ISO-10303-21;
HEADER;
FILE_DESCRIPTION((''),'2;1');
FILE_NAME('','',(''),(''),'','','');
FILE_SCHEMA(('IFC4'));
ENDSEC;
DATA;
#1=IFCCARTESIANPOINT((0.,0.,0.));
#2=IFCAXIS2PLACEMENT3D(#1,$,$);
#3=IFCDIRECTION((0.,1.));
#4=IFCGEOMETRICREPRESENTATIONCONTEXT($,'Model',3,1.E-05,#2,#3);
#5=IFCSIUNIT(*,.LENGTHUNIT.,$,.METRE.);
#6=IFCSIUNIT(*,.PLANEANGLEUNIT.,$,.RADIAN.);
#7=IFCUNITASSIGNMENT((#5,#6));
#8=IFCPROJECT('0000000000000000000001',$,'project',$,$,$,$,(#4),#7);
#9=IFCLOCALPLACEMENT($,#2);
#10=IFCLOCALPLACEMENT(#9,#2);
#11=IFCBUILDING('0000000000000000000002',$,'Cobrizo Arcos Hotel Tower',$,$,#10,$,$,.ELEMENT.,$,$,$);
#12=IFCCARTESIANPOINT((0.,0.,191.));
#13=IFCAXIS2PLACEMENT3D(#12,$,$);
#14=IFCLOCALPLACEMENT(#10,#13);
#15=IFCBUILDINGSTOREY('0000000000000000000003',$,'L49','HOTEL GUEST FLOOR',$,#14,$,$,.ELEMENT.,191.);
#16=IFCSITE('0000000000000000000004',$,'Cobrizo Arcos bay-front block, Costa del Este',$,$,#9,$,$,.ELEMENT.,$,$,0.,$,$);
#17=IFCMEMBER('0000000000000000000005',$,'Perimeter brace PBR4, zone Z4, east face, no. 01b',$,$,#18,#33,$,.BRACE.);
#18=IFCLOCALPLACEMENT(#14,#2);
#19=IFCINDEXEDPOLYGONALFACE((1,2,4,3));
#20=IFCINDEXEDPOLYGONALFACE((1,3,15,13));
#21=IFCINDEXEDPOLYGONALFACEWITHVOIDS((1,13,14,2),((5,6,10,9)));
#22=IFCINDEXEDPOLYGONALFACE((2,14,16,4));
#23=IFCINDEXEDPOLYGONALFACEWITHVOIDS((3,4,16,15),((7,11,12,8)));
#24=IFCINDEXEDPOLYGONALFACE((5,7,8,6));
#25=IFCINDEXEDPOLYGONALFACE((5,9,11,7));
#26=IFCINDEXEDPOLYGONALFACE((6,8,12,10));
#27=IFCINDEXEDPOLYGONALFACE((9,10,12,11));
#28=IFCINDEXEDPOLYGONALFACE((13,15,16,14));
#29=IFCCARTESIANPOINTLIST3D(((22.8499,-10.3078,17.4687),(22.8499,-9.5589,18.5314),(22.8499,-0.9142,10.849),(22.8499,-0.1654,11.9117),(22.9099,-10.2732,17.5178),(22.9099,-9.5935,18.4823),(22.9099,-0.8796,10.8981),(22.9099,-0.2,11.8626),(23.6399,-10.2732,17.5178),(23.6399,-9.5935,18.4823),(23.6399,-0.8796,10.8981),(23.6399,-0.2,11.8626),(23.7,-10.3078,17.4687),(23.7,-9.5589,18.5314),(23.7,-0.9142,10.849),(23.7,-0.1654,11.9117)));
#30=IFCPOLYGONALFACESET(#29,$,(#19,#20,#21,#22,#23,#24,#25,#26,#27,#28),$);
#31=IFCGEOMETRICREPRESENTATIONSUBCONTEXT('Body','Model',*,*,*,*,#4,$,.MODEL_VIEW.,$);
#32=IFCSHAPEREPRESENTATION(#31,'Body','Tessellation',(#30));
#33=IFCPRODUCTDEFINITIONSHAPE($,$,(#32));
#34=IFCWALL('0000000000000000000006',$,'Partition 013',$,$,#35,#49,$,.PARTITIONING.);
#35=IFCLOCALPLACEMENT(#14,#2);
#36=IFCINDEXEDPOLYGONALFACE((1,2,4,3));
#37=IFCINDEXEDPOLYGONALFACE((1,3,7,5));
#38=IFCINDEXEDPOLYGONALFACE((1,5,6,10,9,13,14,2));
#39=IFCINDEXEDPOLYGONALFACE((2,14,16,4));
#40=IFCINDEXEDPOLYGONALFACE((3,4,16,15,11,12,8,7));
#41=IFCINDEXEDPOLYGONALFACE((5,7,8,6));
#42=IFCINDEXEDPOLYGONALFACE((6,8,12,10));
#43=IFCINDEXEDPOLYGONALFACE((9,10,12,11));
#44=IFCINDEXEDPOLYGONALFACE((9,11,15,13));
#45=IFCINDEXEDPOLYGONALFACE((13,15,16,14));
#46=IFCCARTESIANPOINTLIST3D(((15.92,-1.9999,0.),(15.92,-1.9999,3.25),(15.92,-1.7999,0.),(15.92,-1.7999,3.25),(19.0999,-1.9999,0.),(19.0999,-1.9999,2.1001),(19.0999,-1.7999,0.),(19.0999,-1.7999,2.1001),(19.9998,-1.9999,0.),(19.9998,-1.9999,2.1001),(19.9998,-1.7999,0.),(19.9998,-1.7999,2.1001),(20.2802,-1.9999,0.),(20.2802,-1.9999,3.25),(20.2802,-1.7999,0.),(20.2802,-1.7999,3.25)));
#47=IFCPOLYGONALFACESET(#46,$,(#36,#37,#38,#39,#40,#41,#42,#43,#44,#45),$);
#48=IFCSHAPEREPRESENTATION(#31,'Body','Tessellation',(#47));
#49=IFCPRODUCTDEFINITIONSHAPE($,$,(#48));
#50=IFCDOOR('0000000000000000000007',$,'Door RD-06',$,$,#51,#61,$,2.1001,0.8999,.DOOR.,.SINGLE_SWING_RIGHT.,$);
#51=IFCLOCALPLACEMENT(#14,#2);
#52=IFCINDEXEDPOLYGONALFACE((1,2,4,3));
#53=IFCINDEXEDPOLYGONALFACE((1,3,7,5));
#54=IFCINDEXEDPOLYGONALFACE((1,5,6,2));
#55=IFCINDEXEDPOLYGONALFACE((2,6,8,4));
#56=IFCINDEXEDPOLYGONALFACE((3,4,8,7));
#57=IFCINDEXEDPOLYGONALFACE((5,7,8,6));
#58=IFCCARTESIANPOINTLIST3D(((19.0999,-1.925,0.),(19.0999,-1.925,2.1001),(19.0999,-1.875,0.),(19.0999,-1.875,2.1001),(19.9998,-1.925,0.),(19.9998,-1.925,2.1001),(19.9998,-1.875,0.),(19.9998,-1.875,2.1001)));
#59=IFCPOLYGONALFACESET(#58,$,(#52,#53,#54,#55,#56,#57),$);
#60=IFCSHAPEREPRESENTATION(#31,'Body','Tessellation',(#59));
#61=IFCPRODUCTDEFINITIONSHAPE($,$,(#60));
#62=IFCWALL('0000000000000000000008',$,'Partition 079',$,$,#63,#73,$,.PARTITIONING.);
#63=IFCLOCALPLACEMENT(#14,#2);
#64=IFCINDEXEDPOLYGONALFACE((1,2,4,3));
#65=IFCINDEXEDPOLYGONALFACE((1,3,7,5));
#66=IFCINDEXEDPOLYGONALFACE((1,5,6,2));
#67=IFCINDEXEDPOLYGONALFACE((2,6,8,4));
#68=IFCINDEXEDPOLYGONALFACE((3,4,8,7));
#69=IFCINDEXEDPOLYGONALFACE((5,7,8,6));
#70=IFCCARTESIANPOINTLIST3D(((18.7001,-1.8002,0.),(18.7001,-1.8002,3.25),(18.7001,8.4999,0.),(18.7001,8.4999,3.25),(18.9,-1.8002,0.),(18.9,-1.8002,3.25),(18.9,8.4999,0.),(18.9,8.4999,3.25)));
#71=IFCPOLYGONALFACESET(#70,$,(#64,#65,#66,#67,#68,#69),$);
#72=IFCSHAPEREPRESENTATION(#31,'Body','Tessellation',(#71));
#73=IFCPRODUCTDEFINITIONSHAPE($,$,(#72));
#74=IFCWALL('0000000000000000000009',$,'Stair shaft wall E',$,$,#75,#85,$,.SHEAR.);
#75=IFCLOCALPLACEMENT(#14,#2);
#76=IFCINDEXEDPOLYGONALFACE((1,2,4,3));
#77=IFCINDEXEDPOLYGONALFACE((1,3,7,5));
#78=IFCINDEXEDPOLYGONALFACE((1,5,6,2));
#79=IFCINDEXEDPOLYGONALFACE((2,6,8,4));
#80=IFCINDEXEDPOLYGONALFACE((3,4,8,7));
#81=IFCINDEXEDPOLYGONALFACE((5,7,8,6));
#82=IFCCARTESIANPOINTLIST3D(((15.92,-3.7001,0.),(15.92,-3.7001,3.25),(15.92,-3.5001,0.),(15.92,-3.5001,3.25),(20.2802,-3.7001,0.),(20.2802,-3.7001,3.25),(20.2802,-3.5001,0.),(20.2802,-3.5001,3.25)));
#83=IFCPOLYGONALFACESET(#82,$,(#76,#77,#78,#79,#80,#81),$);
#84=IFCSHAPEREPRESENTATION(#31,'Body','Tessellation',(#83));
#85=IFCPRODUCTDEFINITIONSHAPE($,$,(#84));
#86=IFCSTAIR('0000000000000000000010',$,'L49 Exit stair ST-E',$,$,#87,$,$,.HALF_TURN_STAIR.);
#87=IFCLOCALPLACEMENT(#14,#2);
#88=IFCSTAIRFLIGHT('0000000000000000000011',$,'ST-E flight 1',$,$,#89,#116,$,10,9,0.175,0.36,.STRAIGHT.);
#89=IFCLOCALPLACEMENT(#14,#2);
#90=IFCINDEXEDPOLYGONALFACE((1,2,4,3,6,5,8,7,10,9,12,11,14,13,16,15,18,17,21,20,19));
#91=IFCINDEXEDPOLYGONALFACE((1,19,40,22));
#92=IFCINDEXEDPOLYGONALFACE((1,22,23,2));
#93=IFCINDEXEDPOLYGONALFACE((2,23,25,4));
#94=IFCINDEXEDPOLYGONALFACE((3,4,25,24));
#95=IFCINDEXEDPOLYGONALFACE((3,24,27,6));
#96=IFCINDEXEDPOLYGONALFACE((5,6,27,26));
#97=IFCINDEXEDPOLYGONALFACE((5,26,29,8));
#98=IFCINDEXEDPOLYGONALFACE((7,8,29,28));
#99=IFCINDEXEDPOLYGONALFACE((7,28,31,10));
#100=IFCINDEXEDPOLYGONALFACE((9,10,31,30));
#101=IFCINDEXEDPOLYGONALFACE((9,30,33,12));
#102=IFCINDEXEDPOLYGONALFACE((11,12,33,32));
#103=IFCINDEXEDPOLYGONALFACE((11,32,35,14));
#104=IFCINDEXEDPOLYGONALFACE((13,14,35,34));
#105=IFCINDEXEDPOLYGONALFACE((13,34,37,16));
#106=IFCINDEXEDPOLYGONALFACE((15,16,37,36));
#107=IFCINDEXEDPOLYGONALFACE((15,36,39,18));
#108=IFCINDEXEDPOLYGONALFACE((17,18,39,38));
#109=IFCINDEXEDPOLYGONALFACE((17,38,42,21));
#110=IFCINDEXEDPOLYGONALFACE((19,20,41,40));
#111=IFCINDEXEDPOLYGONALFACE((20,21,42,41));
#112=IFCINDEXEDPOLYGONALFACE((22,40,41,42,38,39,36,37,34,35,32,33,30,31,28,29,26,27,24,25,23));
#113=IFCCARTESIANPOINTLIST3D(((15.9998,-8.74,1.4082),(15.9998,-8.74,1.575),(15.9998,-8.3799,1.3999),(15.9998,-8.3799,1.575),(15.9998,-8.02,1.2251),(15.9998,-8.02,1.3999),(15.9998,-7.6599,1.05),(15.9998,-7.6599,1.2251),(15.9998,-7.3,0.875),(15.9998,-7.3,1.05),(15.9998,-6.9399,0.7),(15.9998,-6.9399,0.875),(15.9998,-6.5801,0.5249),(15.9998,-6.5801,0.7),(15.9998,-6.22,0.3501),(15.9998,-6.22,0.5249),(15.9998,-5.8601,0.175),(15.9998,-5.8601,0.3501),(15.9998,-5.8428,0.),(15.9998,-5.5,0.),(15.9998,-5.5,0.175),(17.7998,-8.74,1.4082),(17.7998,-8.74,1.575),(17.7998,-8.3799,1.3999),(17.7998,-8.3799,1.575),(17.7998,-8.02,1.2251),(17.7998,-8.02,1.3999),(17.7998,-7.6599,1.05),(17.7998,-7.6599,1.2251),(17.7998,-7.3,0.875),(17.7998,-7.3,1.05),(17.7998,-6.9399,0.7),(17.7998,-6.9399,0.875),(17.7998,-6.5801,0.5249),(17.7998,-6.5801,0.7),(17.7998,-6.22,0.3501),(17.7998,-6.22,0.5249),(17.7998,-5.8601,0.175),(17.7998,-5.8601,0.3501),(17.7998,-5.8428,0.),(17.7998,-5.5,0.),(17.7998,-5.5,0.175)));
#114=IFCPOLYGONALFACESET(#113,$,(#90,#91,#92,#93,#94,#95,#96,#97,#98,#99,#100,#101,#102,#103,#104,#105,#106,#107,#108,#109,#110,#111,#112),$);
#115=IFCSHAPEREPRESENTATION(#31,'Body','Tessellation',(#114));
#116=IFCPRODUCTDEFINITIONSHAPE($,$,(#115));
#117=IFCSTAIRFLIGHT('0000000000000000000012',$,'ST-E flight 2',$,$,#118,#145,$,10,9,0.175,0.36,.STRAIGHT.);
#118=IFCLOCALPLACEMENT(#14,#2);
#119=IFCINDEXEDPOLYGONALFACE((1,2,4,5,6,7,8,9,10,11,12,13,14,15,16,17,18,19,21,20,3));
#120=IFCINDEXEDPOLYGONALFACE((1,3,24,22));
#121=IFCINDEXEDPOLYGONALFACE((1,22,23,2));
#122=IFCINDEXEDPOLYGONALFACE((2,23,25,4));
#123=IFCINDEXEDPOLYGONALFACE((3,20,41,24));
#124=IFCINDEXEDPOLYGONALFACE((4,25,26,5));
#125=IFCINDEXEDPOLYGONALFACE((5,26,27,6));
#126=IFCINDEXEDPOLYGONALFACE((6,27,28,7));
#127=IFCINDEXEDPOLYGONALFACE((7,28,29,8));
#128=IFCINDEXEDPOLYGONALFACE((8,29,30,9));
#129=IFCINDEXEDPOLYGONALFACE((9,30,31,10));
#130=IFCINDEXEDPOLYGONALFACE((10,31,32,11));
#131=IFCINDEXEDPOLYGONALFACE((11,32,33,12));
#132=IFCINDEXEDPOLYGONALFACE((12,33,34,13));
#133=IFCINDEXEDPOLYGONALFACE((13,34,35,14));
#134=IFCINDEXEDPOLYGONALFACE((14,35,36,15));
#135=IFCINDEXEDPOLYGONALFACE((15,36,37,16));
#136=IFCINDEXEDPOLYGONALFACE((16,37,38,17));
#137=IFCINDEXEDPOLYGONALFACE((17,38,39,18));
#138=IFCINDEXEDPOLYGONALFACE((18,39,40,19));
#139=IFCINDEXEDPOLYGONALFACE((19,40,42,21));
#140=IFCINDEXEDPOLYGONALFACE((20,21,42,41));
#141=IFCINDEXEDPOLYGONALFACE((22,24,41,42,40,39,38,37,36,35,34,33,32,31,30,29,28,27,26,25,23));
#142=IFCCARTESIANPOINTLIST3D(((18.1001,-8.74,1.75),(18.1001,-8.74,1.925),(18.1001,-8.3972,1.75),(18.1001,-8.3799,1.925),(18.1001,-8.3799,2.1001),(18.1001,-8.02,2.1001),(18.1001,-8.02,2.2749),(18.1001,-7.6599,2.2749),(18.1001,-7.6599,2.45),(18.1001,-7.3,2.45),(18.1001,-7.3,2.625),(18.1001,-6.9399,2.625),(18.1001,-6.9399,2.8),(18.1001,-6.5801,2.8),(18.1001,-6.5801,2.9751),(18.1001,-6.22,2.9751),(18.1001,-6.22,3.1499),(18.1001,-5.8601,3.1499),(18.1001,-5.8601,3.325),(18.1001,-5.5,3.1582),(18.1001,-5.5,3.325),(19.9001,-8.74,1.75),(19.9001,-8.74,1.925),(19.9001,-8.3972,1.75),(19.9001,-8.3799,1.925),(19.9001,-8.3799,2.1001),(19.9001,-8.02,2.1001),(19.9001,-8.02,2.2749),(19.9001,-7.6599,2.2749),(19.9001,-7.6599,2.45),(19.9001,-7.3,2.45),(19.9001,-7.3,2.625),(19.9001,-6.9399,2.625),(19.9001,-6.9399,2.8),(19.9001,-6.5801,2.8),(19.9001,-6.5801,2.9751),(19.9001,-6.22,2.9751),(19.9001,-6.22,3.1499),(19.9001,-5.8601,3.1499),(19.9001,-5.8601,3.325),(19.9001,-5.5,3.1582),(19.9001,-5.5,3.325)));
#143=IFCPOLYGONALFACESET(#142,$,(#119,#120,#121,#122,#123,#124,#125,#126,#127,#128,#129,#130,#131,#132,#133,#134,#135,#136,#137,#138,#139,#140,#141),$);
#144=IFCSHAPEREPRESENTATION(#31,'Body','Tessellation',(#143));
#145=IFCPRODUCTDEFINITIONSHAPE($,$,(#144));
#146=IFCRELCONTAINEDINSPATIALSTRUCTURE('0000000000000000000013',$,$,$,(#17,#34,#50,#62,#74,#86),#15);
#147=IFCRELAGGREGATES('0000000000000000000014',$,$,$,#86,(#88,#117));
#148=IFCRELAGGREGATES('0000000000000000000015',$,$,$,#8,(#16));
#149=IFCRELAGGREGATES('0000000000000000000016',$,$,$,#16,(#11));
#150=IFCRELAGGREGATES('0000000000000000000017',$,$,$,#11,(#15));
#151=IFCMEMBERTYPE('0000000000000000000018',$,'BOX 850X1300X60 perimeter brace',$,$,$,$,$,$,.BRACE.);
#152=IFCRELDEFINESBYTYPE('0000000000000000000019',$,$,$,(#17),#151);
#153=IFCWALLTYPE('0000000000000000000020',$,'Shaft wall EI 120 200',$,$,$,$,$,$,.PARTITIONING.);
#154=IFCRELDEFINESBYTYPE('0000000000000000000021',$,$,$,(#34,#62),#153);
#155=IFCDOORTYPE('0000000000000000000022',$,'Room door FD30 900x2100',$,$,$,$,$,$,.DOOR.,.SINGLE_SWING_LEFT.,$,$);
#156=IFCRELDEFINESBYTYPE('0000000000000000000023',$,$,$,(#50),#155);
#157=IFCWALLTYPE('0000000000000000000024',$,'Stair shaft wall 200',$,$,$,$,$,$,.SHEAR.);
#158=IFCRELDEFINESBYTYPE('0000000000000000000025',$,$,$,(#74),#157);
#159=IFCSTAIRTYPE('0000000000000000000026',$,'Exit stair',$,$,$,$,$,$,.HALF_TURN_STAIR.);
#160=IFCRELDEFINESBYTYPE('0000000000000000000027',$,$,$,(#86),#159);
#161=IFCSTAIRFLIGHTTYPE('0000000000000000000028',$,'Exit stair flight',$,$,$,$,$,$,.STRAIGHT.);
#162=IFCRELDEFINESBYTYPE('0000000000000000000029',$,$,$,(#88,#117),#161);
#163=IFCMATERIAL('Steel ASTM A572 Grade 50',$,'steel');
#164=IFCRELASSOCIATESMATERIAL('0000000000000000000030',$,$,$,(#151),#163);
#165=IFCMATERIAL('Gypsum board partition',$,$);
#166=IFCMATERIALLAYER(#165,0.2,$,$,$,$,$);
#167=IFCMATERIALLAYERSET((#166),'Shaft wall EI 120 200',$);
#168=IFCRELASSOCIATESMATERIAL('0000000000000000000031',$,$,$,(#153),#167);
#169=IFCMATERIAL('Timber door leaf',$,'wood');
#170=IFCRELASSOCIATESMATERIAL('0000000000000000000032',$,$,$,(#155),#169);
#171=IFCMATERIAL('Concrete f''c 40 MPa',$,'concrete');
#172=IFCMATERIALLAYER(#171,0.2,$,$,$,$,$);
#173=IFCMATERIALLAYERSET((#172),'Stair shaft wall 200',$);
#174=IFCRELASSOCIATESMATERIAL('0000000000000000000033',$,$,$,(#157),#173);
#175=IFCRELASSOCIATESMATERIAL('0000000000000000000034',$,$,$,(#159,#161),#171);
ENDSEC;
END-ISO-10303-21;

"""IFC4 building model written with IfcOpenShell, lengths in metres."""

from ifc_helpers import new_model, si_unit, direction, frame, frame_2d, origin, origin_2d, place, context, subcontext, project, spatial, polyline, rectangle, hollow_rectangle, outline, extrude, material, layer, layer_set, material_profile, profile_set, type_object, element, fill, aggregate, save


model = new_model("IFC4")

# Units and contexts
model_context = context("Model", 3, precision=1e-05, world=origin(), true_north=direction((0.0, 1.0)))
body_context = subcontext(model_context, "Body", "Model", "MODEL_VIEW")
ifc_project = project(units=[si_unit("LENGTHUNIT", "METRE"), si_unit("PLANEANGLEUNIT", "RADIAN")], contexts=[model_context])

# Site, building, storey
site_placement = place(None, origin())
site = spatial("IfcSite", under=ifc_project, at=site_placement, Name="Cobrizo Arcos bay-front block, Costa del Este", CompositionType="ELEMENT", RefElevation=0.0)
building_placement = place(site_placement, origin())
building = spatial("IfcBuilding", under=site, at=building_placement, Name="Cobrizo Arcos Hotel Tower", CompositionType="ELEMENT")
storey_placement = place(building_placement, frame((0.0, 0.0, 191.0)))
storey = spatial("IfcBuildingStorey", under=building, at=storey_placement, Name="L49", Description="HOTEL GUEST FLOOR", CompositionType="ELEMENT", Elevation=191.0)

# Member
ifc_material_1 = material(Name="Steel ASTM A572 Grade 50", Category="steel")
ifc_material_profile = material_profile(ifc_material_1, hollow_rectangle(XDim=0.8501, YDim=1.3, WallThickness=0.0601, at=origin_2d()), Name="BOX 850X1300X60")
ifc_profile_set = profile_set([ifc_material_profile], Name="Steel ASTM A572 Grade 50")
member_type = type_object("IfcMemberType", Name="BOX 850X1300X60 perimeter brace", PredefinedType="BRACE", material=ifc_profile_set)
member_placement = place(storey_placement, frame((23.2749, -0.5398, 11.3804), z_axis=(0.0, -0.817423, 0.576037), x_axis=(1.0, 0.0, 0.0)))
element("IfcMember", 1, at=member_placement, inside=storey, type_object=member_type, Name="Perimeter brace PBR4, zone Z4, east face, no. 01b", PredefinedType="BRACE", context=body_context, shape_type="SweptSolid", body=[
    extrude(hollow_rectangle(XDim=0.8501, YDim=1.3, WallThickness=0.0601, at=origin_2d()), origin(), (0.0, 0.0, 1.0), 11.4917),
])

# Wall, opening, door
ifc_material_2 = material(Name="Gypsum board partition")
ifc_layer_1 = layer(ifc_material_2, 0.2)
ifc_layer_set_1 = layer_set([ifc_layer_1], Name="Shaft wall EI 120 200")
wall_type_1 = type_object("IfcWallType", Name="Shaft wall EI 120 200", PredefinedType="PARTITIONING", material=ifc_layer_set_1)
wall_1_placement = place(storey_placement, frame((15.9199, -1.8999, 0.0), z_axis=(0.0, 0.0, 1.0), x_axis=(1.0, 0.0, 0.0)))
wall_1 = element("IfcWall", 2, at=wall_1_placement, inside=storey, type_object=wall_type_1, Name="Partition 013", PredefinedType="PARTITIONING", context=body_context, shape_type="SweptSolid", body=[
    extrude(rectangle(XDim=4.3601, YDim=0.2, at=frame_2d((2.1802, 0.0))), origin(), (0.0, 0.0, 1.0), 3.25),
])
opening_placement = place(wall_1_placement, frame((3.1799, 0.0, 0.0)))
opening = element("IfcOpeningElement", 3, at=opening_placement, cuts=wall_1, PredefinedType="OPENING", context=body_context, shape_type="SweptSolid", body=[
    extrude(rectangle(XDim=0.8999, YDim=2.1001, at=frame_2d((0.45, 1.05))), frame((0.0, 0.1121, 0.0), z_axis=(0.0, -1.0, 0.0), x_axis=(1.0, 0.0, 0.0)), (0.0, 0.0, 1.0), 0.2239),
])
ifc_material_3 = material(Name="Timber door leaf", Category="wood")
door_type = type_object("IfcDoorType", Name="Room door FD30 900x2100", OperationType="SINGLE_SWING_LEFT", PredefinedType="DOOR", material=ifc_material_3)
door_placement = place(opening_placement, origin())
door = element("IfcDoor", 4, at=door_placement, inside=storey, type_object=door_type, Name="Door RD-06", OperationType="SINGLE_SWING_RIGHT", OverallHeight=2.1001, OverallWidth=0.8999, PredefinedType="DOOR", context=body_context, shape_type="SweptSolid", body=[
    extrude(rectangle(XDim=0.8999, YDim=2.1001, at=frame_2d((0.45, 1.05))), frame((0.0, 0.0249, 0.0), z_axis=(0.0, -1.0, 0.0), x_axis=(1.0, 0.0, 0.0)), (0.0, 0.0, 1.0), 0.05),
])
fill(opening, door)

# Walls
wall_2_placement = place(storey_placement, frame((18.8, -1.8, 0.0), z_axis=(0.0, 0.0, 1.0), x_axis=(0.0, 1.0, 0.0)))
element("IfcWall", 5, at=wall_2_placement, inside=storey, type_object=wall_type_1, Name="Partition 079", PredefinedType="PARTITIONING", context=body_context, shape_type="SweptSolid", body=[
    extrude(rectangle(XDim=10.3, YDim=0.2, at=frame_2d((5.1499, 0.0))), origin(), (0.0, 0.0, 1.0), 3.25),
])
ifc_material_4 = material(Name="Concrete f'c 40 MPa", Category="concrete")
ifc_layer_2 = layer(ifc_material_4, 0.2)
ifc_layer_set_2 = layer_set([ifc_layer_2], Name="Stair shaft wall 200")
wall_type_2 = type_object("IfcWallType", Name="Stair shaft wall 200", PredefinedType="SHEAR", material=ifc_layer_set_2)
wall_3_placement = place(storey_placement, frame((15.9199, -3.6001, 0.0), z_axis=(0.0, 0.0, 1.0), x_axis=(1.0, 0.0, 0.0)))
element("IfcWall", 6, at=wall_3_placement, inside=storey, type_object=wall_type_2, Name="Stair shaft wall E", PredefinedType="SHEAR", context=body_context, shape_type="SweptSolid", body=[
    extrude(rectangle(XDim=4.3601, YDim=0.2, at=frame_2d((2.1802, 0.0))), origin(), (0.0, 0.0, 1.0), 3.25),
])

# Stair, stair flights
stair_type = type_object("IfcStairType", Name="Exit stair", PredefinedType="HALF_TURN_STAIR", material=ifc_material_4)
stair_placement = place(storey_placement, origin())
stair = element("IfcStair", 7, at=stair_placement, inside=storey, type_object=stair_type, Name="L49 Exit stair ST-E", PredefinedType="HALF_TURN_STAIR")
stair_flight_type = type_object("IfcStairFlightType", Name="Exit stair flight", PredefinedType="STRAIGHT", material=ifc_material_4)
stair_flight_1_placement = place(storey_placement, frame((16.8999, -5.5, 0.0), z_axis=(0.0, 0.0, 1.0), x_axis=(0.0, -1.0, 0.0)))
stair_flight_1 = element("IfcStairFlight", 8, at=stair_flight_1_placement, type_object=stair_flight_type, Name="ST-E flight 1", NumberOfRisers=10, NumberOfTreads=9, PredefinedType="STRAIGHT", RiserHeight=0.175, TreadLength=0.36, context=body_context, shape_type="SweptSolid", body=[
    extrude(outline(polyline([(0.0, 0.0), (0.0, 0.175), (0.3601, 0.175), (0.3601, 0.3501), (0.72, 0.3501), (0.72, 0.5249), (1.0801, 0.5249), (1.0801, 0.7), (1.4399, 0.7), (1.4399, 0.875), (1.8, 0.875), (1.8, 1.05), (2.1599, 1.05), (2.1599, 1.2251), (2.52, 1.2251), (2.52, 1.3999), (2.8799, 1.3999), (2.8799, 1.575), (3.24, 1.575), (3.24, 1.75), (3.24, 1.4082), (0.3428, 0.0), (0.0, 0.0)])), frame((0.0, 0.8999, 0.0), z_axis=(0.0, -1.0, 0.0), x_axis=(1.0, 0.0, 0.0)), (0.0, 0.0, 1.0), 1.8),
])
stair_flight_2_placement = place(storey_placement, frame((19.0, -8.74, 1.75), z_axis=(0.0, 0.0, 1.0), x_axis=(0.0, 1.0, 0.0)))
stair_flight_2 = element("IfcStairFlight", 9, at=stair_flight_2_placement, type_object=stair_flight_type, Name="ST-E flight 2", NumberOfRisers=10, NumberOfTreads=9, PredefinedType="STRAIGHT", RiserHeight=0.175, TreadLength=0.36, context=body_context, shape_type="SweptSolid", body=[
    extrude(outline(polyline([(0.0, 0.0), (0.0, 0.175), (0.3601, 0.175), (0.3601, 0.3501), (0.72, 0.3501), (0.72, 0.5249), (1.0801, 0.5249), (1.0801, 0.7), (1.4399, 0.7), (1.4399, 0.875), (1.8, 0.875), (1.8, 1.05), (2.1599, 1.05), (2.1599, 1.2251), (2.52, 1.2251), (2.52, 1.3999), (2.8799, 1.3999), (2.8799, 1.575), (3.24, 1.575), (3.24, 1.75), (3.24, 1.4082), (0.3428, 0.0), (0.0, 0.0)])), frame((0.0, 0.8999, 0.0), z_axis=(0.0, -1.0, 0.0), x_axis=(1.0, 0.0, 0.0)), (0.0, 0.0, 1.0), 1.8),
])
aggregate(stair, [stair_flight_1, stair_flight_2])

save(model, "model.ifc")
